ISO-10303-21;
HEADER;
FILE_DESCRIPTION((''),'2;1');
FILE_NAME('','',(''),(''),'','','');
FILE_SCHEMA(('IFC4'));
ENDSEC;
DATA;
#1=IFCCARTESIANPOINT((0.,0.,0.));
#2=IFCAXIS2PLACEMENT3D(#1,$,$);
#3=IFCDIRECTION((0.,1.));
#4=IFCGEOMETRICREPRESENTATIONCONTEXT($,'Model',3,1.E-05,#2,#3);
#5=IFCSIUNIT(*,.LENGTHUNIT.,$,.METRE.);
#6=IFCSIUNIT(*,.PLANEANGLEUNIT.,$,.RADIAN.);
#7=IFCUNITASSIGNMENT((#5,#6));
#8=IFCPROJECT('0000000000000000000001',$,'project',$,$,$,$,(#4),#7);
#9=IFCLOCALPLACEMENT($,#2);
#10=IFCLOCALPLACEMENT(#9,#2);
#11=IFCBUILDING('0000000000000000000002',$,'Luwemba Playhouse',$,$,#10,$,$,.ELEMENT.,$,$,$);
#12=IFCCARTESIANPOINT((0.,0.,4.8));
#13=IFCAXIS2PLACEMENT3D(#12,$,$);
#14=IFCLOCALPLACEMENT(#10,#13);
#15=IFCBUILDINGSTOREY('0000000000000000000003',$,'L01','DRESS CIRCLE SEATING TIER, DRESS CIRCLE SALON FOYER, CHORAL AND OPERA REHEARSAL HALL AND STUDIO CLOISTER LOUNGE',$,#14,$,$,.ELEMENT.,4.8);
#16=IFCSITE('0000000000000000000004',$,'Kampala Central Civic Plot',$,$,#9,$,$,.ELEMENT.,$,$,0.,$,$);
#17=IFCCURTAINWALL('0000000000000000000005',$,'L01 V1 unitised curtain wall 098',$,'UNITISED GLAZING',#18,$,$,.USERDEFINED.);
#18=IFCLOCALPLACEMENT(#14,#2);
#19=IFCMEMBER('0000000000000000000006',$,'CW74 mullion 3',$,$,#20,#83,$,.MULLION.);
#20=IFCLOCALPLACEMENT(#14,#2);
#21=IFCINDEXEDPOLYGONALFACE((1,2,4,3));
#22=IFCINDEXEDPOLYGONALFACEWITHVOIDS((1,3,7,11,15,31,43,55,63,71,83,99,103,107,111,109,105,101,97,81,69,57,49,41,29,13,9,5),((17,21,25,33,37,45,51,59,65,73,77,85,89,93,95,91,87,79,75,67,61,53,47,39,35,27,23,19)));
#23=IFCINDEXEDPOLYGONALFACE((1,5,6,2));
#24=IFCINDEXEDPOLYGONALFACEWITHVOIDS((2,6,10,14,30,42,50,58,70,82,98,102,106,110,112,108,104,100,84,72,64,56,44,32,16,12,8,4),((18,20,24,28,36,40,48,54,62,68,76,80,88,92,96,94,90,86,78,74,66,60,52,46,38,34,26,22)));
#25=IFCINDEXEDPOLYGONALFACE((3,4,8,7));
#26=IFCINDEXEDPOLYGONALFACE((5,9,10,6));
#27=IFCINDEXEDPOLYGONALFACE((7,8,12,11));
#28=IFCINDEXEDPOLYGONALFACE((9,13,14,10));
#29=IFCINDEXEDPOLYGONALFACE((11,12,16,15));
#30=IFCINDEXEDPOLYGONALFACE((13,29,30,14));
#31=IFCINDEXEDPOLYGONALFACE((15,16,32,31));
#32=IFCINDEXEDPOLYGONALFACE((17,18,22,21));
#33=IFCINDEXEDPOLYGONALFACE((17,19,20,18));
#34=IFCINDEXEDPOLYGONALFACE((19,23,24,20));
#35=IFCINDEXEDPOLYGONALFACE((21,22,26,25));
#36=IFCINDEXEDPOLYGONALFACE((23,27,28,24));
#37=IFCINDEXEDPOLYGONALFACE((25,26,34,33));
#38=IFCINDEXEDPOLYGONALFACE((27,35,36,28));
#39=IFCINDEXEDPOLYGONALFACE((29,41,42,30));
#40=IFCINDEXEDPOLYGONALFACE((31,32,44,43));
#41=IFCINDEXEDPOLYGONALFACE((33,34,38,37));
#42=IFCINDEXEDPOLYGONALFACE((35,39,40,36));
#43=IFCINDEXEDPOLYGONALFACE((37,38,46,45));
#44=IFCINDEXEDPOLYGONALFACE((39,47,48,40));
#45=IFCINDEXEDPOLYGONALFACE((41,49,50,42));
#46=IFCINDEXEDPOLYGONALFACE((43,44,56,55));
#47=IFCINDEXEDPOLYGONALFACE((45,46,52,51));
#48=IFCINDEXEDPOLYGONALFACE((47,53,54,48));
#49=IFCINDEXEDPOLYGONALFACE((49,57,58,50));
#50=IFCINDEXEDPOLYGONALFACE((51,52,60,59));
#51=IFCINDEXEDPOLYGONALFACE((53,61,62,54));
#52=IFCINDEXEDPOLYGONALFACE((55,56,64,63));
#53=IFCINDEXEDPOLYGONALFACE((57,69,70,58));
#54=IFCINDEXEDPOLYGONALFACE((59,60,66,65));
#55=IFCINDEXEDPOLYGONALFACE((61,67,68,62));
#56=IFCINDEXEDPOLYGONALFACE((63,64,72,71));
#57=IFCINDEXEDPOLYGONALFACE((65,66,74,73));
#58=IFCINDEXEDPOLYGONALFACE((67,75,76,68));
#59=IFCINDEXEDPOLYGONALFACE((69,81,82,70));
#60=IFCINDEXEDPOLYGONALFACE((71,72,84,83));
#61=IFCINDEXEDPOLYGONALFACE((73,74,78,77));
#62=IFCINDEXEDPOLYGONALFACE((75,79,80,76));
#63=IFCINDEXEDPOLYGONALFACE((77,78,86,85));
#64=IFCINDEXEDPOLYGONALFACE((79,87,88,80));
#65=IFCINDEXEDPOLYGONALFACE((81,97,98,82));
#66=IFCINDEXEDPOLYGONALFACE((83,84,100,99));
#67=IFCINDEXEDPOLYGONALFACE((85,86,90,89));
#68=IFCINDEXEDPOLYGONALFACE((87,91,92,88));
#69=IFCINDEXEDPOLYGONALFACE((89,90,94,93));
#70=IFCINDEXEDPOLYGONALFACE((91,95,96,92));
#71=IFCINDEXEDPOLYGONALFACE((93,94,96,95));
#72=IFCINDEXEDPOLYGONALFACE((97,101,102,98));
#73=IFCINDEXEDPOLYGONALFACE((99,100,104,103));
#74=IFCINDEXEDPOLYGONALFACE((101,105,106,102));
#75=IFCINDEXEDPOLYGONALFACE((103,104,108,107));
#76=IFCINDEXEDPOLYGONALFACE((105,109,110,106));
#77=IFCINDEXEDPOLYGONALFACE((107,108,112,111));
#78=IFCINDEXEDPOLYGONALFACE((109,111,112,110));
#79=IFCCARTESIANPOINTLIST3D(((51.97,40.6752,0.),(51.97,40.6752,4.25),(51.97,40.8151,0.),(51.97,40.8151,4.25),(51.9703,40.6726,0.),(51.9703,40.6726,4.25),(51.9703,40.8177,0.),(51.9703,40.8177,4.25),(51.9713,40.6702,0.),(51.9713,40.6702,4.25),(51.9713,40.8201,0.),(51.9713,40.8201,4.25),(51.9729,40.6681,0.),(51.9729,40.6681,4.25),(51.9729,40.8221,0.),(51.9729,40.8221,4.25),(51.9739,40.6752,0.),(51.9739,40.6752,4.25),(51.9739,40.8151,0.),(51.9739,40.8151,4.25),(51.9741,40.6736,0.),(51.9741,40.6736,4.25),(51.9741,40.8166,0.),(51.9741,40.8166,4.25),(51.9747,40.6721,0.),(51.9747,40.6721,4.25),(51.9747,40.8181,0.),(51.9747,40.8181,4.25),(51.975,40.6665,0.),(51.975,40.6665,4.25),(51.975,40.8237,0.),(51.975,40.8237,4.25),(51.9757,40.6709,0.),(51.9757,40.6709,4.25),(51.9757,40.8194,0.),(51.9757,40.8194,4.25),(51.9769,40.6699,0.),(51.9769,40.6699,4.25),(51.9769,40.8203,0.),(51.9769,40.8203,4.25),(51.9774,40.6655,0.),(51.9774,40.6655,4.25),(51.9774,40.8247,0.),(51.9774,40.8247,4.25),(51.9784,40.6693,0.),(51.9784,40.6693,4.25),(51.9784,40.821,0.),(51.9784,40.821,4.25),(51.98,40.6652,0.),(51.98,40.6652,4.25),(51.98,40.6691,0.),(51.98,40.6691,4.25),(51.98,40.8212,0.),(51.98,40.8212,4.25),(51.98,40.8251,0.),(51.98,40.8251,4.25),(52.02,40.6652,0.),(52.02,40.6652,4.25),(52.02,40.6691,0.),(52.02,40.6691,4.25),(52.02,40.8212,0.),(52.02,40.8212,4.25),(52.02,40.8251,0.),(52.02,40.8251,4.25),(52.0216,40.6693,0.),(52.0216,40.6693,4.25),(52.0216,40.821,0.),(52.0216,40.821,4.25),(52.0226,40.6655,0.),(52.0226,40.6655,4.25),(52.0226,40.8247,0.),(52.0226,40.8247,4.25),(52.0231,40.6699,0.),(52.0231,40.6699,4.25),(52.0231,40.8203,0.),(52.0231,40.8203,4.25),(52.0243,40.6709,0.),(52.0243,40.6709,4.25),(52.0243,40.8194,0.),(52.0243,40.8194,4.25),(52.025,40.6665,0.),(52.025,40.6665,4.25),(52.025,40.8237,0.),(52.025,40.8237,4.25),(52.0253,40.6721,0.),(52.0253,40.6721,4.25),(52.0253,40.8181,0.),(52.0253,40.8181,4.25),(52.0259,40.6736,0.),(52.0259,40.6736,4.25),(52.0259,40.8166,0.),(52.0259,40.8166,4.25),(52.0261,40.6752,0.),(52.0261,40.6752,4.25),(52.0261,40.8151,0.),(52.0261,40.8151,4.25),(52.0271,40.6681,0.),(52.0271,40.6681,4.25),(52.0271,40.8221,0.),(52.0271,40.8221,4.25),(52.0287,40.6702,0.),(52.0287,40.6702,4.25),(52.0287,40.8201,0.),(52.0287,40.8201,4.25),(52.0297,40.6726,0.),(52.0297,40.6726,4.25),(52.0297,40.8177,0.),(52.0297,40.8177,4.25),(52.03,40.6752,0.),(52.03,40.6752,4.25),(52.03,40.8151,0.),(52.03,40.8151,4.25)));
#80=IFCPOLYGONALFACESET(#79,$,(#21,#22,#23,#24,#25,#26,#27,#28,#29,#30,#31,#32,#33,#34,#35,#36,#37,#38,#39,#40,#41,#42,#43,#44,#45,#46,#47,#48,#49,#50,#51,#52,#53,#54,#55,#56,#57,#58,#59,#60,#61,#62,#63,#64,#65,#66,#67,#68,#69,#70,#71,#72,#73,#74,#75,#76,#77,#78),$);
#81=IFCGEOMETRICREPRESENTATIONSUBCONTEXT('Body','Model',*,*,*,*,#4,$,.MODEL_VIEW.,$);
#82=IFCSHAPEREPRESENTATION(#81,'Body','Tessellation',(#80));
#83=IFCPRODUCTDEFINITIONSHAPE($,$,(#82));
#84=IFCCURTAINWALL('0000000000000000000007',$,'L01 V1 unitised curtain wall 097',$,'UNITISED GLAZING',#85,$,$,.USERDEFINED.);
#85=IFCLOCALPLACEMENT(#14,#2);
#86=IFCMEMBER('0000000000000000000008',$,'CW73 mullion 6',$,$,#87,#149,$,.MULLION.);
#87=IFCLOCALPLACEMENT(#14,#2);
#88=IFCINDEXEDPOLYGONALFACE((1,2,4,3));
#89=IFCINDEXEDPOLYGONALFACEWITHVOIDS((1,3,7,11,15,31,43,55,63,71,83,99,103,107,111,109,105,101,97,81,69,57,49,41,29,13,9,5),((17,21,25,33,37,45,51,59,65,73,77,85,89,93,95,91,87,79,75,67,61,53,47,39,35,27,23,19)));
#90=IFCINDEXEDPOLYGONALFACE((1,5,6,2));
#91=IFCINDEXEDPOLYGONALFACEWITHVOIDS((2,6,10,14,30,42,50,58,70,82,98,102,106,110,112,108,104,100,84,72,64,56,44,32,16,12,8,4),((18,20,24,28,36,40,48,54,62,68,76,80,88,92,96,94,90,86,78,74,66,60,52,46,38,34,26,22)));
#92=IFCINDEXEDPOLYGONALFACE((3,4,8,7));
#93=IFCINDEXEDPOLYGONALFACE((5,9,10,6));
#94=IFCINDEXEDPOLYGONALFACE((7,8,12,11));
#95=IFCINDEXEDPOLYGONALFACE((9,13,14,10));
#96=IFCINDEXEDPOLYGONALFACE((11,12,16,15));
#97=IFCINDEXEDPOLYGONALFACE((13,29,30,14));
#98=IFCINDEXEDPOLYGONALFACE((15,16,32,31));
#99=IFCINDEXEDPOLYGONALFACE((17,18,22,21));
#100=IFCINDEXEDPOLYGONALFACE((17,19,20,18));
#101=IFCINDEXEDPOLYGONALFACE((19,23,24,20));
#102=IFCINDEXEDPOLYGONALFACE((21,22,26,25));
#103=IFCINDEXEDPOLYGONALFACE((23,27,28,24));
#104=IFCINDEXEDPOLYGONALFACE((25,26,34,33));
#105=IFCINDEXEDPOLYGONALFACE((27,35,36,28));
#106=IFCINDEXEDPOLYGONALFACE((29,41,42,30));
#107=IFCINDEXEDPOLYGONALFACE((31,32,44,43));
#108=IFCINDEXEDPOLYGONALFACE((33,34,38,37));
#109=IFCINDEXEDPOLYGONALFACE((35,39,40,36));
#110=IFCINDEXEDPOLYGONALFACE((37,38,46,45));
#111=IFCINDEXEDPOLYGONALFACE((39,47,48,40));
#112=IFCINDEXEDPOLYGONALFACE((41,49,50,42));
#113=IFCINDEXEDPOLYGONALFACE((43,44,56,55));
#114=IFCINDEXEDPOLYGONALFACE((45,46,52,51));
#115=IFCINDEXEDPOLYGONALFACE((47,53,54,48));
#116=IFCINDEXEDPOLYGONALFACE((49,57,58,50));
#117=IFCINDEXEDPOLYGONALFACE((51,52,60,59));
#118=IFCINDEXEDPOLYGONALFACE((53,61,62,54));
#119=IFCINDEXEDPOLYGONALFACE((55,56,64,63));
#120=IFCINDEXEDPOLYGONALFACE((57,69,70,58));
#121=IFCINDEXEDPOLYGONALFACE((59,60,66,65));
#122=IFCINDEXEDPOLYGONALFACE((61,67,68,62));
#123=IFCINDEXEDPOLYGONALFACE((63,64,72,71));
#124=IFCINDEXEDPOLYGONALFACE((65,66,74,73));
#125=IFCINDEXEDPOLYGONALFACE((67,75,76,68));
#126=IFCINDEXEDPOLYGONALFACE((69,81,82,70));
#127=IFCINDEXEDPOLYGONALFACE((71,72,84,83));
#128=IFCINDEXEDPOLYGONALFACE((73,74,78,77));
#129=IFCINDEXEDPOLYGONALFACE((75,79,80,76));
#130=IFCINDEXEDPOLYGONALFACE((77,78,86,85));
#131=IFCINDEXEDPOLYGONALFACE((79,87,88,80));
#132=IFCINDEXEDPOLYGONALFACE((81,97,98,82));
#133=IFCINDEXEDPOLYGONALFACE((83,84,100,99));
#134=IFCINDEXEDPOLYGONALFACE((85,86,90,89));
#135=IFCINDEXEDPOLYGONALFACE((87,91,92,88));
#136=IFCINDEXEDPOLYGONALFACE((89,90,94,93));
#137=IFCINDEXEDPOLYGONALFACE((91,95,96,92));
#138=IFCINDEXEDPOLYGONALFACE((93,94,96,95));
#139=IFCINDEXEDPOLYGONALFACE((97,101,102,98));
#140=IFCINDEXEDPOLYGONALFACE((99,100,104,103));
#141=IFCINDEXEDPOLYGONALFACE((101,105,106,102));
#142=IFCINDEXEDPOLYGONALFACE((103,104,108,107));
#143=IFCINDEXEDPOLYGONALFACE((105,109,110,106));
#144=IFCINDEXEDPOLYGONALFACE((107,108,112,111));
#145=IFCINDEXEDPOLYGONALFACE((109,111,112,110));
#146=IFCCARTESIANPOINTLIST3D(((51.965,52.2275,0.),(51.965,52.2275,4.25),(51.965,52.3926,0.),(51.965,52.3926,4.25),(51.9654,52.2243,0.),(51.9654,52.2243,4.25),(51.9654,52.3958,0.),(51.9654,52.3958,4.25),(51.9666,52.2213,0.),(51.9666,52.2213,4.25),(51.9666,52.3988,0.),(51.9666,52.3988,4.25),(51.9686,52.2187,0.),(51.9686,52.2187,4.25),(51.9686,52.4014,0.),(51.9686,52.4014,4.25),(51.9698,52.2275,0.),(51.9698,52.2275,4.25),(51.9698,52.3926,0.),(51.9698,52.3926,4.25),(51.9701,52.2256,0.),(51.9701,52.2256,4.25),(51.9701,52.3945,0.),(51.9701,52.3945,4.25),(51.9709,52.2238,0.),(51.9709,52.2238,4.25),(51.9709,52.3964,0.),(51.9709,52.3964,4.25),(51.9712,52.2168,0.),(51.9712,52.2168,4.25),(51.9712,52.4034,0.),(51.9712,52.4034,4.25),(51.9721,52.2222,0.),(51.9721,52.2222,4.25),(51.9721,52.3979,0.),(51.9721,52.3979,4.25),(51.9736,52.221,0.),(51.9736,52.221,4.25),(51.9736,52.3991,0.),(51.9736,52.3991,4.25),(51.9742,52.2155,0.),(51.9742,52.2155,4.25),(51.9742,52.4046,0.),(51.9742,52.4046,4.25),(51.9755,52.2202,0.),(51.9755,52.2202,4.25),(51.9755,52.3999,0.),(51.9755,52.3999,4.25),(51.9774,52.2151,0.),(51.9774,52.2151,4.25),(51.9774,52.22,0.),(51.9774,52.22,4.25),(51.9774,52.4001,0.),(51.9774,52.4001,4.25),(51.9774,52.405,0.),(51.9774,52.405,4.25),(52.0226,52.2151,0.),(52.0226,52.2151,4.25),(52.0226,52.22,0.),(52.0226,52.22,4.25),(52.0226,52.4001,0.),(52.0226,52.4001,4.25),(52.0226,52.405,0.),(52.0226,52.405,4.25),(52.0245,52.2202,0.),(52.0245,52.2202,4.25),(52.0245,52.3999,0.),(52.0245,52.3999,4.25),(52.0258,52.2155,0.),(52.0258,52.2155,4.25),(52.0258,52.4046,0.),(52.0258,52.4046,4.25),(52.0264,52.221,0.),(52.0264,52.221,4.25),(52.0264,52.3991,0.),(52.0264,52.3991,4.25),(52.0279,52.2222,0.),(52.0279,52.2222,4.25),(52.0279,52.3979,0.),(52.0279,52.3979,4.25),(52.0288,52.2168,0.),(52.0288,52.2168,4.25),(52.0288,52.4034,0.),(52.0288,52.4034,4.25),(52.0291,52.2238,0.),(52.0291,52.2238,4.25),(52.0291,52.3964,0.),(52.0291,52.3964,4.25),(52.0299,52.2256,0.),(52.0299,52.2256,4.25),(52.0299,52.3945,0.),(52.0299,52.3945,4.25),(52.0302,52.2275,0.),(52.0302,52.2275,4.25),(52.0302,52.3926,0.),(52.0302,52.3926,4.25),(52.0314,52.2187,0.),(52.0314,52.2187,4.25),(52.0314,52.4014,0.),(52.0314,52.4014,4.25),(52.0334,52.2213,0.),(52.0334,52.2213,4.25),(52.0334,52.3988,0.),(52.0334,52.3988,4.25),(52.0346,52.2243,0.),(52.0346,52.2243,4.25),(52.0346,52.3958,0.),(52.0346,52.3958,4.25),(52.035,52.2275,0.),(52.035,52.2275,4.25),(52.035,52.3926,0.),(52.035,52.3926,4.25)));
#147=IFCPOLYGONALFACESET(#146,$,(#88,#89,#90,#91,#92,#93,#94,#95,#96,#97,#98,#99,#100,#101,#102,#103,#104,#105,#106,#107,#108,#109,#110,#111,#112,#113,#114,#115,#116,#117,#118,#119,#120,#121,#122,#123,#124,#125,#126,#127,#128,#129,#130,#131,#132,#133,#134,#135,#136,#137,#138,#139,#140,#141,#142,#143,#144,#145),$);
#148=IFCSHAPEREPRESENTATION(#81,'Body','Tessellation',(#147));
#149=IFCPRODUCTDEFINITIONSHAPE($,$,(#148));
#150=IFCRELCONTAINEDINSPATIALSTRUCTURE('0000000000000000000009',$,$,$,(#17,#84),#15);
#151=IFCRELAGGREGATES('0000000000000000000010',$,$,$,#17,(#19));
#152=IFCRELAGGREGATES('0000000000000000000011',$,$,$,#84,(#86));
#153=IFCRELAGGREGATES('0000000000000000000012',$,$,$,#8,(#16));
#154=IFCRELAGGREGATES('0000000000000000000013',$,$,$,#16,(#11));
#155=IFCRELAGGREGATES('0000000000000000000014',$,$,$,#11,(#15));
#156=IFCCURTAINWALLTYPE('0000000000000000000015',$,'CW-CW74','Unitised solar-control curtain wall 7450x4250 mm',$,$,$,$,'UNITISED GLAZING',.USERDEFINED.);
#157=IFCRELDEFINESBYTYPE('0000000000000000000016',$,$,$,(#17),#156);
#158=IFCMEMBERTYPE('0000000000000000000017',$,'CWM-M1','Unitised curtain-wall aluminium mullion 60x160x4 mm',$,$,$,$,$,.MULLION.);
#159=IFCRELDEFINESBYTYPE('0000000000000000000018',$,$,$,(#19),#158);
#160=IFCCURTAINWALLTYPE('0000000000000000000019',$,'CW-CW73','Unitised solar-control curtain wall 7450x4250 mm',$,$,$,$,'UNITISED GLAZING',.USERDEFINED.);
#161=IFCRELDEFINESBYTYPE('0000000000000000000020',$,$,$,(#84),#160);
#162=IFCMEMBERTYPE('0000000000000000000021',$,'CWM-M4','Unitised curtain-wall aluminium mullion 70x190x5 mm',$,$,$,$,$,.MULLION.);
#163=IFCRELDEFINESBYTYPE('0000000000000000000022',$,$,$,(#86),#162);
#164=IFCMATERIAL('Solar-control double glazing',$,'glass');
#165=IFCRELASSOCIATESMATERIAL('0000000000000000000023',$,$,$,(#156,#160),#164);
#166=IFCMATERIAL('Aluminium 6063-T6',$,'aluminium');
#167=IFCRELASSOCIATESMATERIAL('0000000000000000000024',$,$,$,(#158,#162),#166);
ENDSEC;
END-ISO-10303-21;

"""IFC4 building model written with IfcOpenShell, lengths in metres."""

from ifc_helpers import new_model, si_unit, direction, frame, origin, origin_2d, place, context, subcontext, project, spatial, hollow_rectangle, extrude, material, material_profile, profile_set, type_object, element, aggregate, save


model = new_model("IFC4")

# Units and contexts
model_context = context("Model", 3, precision=1e-05, world=origin(), true_north=direction((0.0, 1.0)))
body_context = subcontext(model_context, "Body", "Model", "MODEL_VIEW")
ifc_project = project(units=[si_unit("LENGTHUNIT", "METRE"), si_unit("PLANEANGLEUNIT", "RADIAN")], contexts=[model_context])

# Site, building, storey
site_placement = place(None, origin())
site = spatial("IfcSite", under=ifc_project, at=site_placement, Name="Kampala Central Civic Plot", CompositionType="ELEMENT", RefElevation=0.0)
building_placement = place(site_placement, origin())
building = spatial("IfcBuilding", under=site, at=building_placement, Name="Luwemba Playhouse", CompositionType="ELEMENT")
storey_placement = place(building_placement, frame((0.0, 0.0, 4.8)))
storey = spatial("IfcBuildingStorey", under=building, at=storey_placement, Name="L01", Description="DRESS CIRCLE SEATING TIER, DRESS CIRCLE SALON FOYER, CHORAL AND OPERA REHEARSAL HALL AND STUDIO CLOISTER LOUNGE", CompositionType="ELEMENT", Elevation=4.8)

# Curtain wall, member
ifc_material_1 = material(Name="Solar-control double glazing", Category="glass")
curtain_wall_type_1 = type_object("IfcCurtainWallType", Name="CW-CW74", Description="Unitised solar-control curtain wall 7450x4250 mm", ElementType="UNITISED GLAZING", PredefinedType="USERDEFINED", material=ifc_material_1)
curtain_wall_1_placement = place(storey_placement, origin())
curtain_wall_1 = element("IfcCurtainWall", 1, at=curtain_wall_1_placement, inside=storey, type_object=curtain_wall_type_1, Name="L01 V1 unitised curtain wall 098", ObjectType="UNITISED GLAZING", PredefinedType="USERDEFINED")
ifc_material_2 = material(Name="Aluminium 6063-T6", Category="aluminium")
ifc_material_profile_1 = material_profile(ifc_material_2, hollow_rectangle(XDim=0.0601, YDim=0.1599, WallThickness=0.0039, InnerFilletRadius=0.0061, OuterFilletRadius=0.01, at=origin_2d()))
ifc_profile_set_1 = profile_set([ifc_material_profile_1], Name="Aluminium 6063-T6")
member_type_1 = type_object("IfcMemberType", Name="CWM-M1", Description="Unitised curtain-wall aluminium mullion 60x160x4 mm", PredefinedType="MULLION", material=ifc_profile_set_1)
member_1_placement = place(storey_placement, frame((52.0, 40.7451, 0.0), z_axis=(0.0, 0.0, 1.0), x_axis=(1.0, 0.0, 0.0)))
member_1 = element("IfcMember", 2, at=member_1_placement, type_object=member_type_1, Name="CW74 mullion 3", PredefinedType="MULLION", context=body_context, shape_type="SweptSolid", body=[
    extrude(hollow_rectangle(XDim=0.0601, YDim=0.1599, WallThickness=0.0039, InnerFilletRadius=0.0061, OuterFilletRadius=0.01, at=origin_2d()), origin(), (0.0, 0.0, 1.0), 4.25),
])

# Curtain wall, member
curtain_wall_type_2 = type_object("IfcCurtainWallType", Name="CW-CW73", Description="Unitised solar-control curtain wall 7450x4250 mm", ElementType="UNITISED GLAZING", PredefinedType="USERDEFINED", material=ifc_material_1)
curtain_wall_2_placement = place(storey_placement, origin())
curtain_wall_2 = element("IfcCurtainWall", 3, at=curtain_wall_2_placement, inside=storey, type_object=curtain_wall_type_2, Name="L01 V1 unitised curtain wall 097", ObjectType="UNITISED GLAZING", PredefinedType="USERDEFINED")
ifc_material_profile_2 = material_profile(ifc_material_2, hollow_rectangle(XDim=0.0701, YDim=0.1899, WallThickness=0.0049, InnerFilletRadius=0.0076, OuterFilletRadius=0.0125, at=origin_2d()))
ifc_profile_set_2 = profile_set([ifc_material_profile_2], Name="Aluminium 6063-T6")
member_type_2 = type_object("IfcMemberType", Name="CWM-M4", Description="Unitised curtain-wall aluminium mullion 70x190x5 mm", PredefinedType="MULLION", material=ifc_profile_set_2)
member_2_placement = place(storey_placement, frame((52.0, 52.3101, 0.0), z_axis=(0.0, 0.0, 1.0), x_axis=(1.0, 0.0, 0.0)))
member_2 = element("IfcMember", 4, at=member_2_placement, type_object=member_type_2, Name="CW73 mullion 6", PredefinedType="MULLION", context=body_context, shape_type="SweptSolid", body=[
    extrude(hollow_rectangle(XDim=0.0701, YDim=0.1899, WallThickness=0.0049, InnerFilletRadius=0.0076, OuterFilletRadius=0.0125, at=origin_2d()), origin(), (0.0, 0.0, 1.0), 4.25),
])

aggregate(curtain_wall_1, [member_1])
aggregate(curtain_wall_2, [member_2])

save(model, "model.ifc")
